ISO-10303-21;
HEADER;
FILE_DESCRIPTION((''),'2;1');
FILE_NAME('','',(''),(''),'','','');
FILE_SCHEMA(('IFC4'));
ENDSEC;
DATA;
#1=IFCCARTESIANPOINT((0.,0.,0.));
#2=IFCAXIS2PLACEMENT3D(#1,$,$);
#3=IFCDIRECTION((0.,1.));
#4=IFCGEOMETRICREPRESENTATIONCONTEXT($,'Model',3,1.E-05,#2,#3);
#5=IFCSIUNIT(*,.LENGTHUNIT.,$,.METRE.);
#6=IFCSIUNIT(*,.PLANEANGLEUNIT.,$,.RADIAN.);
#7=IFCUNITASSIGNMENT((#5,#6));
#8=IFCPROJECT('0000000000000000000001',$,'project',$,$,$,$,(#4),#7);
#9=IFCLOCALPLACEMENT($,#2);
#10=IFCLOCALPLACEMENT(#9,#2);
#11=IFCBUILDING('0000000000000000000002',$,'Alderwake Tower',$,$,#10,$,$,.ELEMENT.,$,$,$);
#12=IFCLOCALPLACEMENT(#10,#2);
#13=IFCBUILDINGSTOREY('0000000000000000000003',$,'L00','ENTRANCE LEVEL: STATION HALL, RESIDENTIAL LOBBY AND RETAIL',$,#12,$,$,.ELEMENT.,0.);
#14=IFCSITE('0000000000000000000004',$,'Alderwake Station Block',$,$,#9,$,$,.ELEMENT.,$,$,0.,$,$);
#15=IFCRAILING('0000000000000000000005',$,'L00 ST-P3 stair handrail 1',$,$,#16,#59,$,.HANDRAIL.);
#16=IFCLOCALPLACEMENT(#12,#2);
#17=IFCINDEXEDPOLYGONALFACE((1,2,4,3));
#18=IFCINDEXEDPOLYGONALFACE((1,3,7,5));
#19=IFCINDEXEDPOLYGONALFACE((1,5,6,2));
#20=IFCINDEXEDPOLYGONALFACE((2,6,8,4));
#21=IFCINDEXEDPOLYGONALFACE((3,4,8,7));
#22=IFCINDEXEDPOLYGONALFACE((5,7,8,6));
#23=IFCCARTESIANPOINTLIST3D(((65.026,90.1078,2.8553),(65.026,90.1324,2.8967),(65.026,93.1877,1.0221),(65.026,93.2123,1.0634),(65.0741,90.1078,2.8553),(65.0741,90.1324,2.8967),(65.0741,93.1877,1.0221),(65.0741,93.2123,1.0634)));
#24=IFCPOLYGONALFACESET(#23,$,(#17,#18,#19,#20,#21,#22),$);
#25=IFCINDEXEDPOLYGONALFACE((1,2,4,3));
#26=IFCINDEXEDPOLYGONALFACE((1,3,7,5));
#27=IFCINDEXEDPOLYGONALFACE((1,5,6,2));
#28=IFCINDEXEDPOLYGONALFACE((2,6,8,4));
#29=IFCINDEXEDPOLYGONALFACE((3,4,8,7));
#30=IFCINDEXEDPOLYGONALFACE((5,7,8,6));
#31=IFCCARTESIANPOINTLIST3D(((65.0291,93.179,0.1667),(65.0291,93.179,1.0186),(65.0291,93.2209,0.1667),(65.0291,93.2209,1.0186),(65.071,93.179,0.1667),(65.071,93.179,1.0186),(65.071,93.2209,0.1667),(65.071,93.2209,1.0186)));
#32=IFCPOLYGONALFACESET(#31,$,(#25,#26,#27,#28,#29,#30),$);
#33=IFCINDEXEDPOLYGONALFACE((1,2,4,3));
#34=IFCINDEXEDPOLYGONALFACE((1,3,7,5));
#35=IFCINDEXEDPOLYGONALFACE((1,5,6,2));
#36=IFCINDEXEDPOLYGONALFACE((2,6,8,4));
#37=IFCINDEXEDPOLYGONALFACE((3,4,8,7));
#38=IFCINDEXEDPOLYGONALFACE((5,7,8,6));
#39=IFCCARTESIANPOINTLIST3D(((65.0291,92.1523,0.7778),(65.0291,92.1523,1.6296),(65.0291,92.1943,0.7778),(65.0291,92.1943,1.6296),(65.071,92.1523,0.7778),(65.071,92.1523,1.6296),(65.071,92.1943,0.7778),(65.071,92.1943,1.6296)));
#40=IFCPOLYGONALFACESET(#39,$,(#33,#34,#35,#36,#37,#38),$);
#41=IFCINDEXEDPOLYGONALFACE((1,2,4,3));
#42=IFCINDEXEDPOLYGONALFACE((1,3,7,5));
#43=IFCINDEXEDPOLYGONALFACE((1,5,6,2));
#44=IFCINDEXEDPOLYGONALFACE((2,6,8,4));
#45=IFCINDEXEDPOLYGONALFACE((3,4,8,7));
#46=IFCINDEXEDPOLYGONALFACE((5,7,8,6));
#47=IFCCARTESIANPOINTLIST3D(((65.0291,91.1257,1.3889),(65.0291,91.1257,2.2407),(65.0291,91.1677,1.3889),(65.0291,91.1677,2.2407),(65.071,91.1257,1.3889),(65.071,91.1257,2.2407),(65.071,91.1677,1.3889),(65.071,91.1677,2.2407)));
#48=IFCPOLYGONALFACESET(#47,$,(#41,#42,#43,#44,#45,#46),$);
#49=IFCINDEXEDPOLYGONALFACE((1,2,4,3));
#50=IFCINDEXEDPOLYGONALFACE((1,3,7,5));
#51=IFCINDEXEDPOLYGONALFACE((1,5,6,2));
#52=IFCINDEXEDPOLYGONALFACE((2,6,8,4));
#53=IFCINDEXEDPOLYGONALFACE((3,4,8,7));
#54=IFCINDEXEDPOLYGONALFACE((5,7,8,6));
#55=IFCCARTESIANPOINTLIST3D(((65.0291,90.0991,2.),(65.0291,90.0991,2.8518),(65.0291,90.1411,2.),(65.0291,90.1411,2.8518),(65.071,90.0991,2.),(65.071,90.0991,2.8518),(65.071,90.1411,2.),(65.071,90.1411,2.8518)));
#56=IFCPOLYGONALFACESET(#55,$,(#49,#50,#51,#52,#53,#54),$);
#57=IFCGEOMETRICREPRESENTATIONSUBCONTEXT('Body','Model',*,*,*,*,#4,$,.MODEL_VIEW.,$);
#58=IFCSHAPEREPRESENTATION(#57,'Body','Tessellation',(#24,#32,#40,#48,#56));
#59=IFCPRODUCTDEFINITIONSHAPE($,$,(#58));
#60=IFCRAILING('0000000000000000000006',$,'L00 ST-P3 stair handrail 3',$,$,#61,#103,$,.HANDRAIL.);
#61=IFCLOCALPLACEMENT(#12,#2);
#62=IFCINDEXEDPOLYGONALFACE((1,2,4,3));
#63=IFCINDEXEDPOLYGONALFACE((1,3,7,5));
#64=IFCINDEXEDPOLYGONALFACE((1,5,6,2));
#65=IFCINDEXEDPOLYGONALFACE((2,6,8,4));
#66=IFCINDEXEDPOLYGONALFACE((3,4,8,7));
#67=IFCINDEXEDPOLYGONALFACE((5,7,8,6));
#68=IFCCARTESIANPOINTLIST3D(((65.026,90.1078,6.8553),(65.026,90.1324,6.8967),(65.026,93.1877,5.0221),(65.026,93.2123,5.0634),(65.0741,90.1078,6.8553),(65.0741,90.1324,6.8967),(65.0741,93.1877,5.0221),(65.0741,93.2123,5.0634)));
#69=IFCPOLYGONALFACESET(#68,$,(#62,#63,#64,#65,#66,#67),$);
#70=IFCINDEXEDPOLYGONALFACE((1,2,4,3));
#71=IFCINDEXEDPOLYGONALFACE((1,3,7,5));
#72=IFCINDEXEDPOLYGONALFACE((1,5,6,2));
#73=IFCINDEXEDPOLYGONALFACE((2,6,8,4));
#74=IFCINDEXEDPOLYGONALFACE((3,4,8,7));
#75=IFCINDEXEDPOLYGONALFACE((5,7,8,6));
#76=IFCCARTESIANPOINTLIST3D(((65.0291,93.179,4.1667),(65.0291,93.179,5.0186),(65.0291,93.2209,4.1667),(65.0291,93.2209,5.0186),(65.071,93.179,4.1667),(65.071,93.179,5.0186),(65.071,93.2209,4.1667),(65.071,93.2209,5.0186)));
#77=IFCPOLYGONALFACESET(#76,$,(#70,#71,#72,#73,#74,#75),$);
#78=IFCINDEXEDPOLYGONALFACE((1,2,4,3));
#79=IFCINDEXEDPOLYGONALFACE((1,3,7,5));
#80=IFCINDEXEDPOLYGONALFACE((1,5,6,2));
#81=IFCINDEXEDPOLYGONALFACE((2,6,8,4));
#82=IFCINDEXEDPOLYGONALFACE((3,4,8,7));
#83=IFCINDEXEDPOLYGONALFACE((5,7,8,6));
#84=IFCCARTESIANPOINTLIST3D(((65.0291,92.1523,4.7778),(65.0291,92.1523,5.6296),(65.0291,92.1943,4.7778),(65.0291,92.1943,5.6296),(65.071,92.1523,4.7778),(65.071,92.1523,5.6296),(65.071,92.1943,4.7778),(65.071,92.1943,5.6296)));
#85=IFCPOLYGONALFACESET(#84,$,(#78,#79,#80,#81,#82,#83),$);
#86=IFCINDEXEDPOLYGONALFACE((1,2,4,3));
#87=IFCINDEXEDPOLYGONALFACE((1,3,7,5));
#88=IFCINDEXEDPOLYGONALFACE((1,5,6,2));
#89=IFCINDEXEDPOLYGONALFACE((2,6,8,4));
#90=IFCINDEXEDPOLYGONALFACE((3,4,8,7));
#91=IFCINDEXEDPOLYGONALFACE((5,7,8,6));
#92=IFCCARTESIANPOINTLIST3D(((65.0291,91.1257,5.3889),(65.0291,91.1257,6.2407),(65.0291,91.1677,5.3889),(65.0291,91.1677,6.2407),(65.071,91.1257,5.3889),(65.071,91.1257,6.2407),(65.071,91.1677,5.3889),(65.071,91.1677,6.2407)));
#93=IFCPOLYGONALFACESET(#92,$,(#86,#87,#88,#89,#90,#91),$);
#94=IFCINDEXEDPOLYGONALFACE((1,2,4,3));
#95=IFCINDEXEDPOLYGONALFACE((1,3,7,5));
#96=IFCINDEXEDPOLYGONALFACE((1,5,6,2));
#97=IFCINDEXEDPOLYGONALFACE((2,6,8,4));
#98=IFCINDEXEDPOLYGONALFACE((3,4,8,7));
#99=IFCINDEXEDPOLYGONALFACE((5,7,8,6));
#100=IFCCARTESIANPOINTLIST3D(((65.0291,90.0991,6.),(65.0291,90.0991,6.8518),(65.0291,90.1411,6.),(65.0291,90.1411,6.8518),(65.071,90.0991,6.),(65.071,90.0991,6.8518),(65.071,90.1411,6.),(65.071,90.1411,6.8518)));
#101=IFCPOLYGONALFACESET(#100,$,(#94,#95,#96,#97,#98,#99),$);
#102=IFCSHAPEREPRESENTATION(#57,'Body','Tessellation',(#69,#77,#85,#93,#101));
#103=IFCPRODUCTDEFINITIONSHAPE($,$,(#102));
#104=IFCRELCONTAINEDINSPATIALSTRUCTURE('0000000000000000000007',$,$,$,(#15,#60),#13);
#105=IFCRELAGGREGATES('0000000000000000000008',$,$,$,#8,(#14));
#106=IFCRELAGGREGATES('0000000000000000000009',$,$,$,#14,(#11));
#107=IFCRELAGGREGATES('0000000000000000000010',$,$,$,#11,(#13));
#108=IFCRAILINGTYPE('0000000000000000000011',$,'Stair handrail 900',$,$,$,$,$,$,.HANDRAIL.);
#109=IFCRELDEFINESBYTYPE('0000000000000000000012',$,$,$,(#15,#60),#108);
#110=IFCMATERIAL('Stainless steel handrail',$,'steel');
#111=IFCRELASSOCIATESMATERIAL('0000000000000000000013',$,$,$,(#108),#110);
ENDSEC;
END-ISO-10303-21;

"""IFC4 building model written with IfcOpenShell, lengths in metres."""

from ifc_helpers import new_model, si_unit, direction, frame, origin, origin_2d, place, context, subcontext, project, spatial, rectangle, extrude, material, type_object, element, save


model = new_model("IFC4")

# Units and contexts
model_context = context("Model", 3, precision=1e-05, world=origin(), true_north=direction((0.0, 1.0)))
body_context = subcontext(model_context, "Body", "Model", "MODEL_VIEW")
ifc_project = project(units=[si_unit("LENGTHUNIT", "METRE"), si_unit("PLANEANGLEUNIT", "RADIAN")], contexts=[model_context])

# Site, building, storey
site_placement = place(None, origin())
site = spatial("IfcSite", under=ifc_project, at=site_placement, Name="Alderwake Station Block", CompositionType="ELEMENT", RefElevation=0.0)
building_placement = place(site_placement, origin())
building = spatial("IfcBuilding", under=site, at=building_placement, Name="Alderwake Tower", CompositionType="ELEMENT")
storey_placement = place(building_placement, origin())
storey = spatial("IfcBuildingStorey", under=building, at=storey_placement, Name="L00", Description="ENTRANCE LEVEL: STATION HALL, RESIDENTIAL LOBBY AND RETAIL", CompositionType="ELEMENT", Elevation=0.0)

# Railings
ifc_material_1 = material(Name="Stainless steel handrail", Category="steel")
railing_type_1 = type_object("IfcRailingType", Name="Stair handrail 900", PredefinedType="HANDRAIL", material=ifc_material_1)
for number, where, name in (
    (1, (65.05, 93.2, 0.1667), "L00 ST-P3 stair handrail 1"),
    (2, (65.05, 93.2, 4.1667), "L00 ST-P3 stair handrail 3"),
):
    element("IfcRailing", number, at=place(storey_placement, frame(where)), inside=storey, type_object=railing_type_1, Name=name, PredefinedType="HANDRAIL", context=body_context, shape_type="SweptSolid", body=[
        extrude(rectangle(XDim=0.0481, YDim=0.0481, at=origin_2d()), frame((0.0, 0.0, 0.876), z_axis=(0.0, -0.859291, 0.511487), x_axis=(1.0, 0.0, 0.0)), (0.0, 0.0, 1.0), 3.5842),
        extrude(rectangle(XDim=0.042, YDim=0.042, at=origin_2d()), frame((0.0, 0.0, 0.0), z_axis=(0.0, 0.0, 1.0), x_axis=(0.0, -1.0, 0.0)), (0.0, 0.0, 1.0), 0.8518),
        extrude(rectangle(XDim=0.042, YDim=0.042, at=origin_2d()), frame((0.0, -1.0266, 0.6111), z_axis=(0.0, 0.0, 1.0), x_axis=(0.0, -1.0, 0.0)), (0.0, 0.0, 1.0), 0.8518),
        extrude(rectangle(XDim=0.042, YDim=0.042, at=origin_2d()), frame((0.0, -2.0532, 1.2222), z_axis=(0.0, 0.0, 1.0), x_axis=(0.0, -1.0, 0.0)), (0.0, 0.0, 1.0), 0.8518),
        extrude(rectangle(XDim=0.042, YDim=0.042, at=origin_2d()), frame((0.0, -3.0798, 1.8333), z_axis=(0.0, 0.0, 1.0), x_axis=(0.0, -1.0, 0.0)), (0.0, 0.0, 1.0), 0.8518),
    ])

save(model, "model.ifc")
